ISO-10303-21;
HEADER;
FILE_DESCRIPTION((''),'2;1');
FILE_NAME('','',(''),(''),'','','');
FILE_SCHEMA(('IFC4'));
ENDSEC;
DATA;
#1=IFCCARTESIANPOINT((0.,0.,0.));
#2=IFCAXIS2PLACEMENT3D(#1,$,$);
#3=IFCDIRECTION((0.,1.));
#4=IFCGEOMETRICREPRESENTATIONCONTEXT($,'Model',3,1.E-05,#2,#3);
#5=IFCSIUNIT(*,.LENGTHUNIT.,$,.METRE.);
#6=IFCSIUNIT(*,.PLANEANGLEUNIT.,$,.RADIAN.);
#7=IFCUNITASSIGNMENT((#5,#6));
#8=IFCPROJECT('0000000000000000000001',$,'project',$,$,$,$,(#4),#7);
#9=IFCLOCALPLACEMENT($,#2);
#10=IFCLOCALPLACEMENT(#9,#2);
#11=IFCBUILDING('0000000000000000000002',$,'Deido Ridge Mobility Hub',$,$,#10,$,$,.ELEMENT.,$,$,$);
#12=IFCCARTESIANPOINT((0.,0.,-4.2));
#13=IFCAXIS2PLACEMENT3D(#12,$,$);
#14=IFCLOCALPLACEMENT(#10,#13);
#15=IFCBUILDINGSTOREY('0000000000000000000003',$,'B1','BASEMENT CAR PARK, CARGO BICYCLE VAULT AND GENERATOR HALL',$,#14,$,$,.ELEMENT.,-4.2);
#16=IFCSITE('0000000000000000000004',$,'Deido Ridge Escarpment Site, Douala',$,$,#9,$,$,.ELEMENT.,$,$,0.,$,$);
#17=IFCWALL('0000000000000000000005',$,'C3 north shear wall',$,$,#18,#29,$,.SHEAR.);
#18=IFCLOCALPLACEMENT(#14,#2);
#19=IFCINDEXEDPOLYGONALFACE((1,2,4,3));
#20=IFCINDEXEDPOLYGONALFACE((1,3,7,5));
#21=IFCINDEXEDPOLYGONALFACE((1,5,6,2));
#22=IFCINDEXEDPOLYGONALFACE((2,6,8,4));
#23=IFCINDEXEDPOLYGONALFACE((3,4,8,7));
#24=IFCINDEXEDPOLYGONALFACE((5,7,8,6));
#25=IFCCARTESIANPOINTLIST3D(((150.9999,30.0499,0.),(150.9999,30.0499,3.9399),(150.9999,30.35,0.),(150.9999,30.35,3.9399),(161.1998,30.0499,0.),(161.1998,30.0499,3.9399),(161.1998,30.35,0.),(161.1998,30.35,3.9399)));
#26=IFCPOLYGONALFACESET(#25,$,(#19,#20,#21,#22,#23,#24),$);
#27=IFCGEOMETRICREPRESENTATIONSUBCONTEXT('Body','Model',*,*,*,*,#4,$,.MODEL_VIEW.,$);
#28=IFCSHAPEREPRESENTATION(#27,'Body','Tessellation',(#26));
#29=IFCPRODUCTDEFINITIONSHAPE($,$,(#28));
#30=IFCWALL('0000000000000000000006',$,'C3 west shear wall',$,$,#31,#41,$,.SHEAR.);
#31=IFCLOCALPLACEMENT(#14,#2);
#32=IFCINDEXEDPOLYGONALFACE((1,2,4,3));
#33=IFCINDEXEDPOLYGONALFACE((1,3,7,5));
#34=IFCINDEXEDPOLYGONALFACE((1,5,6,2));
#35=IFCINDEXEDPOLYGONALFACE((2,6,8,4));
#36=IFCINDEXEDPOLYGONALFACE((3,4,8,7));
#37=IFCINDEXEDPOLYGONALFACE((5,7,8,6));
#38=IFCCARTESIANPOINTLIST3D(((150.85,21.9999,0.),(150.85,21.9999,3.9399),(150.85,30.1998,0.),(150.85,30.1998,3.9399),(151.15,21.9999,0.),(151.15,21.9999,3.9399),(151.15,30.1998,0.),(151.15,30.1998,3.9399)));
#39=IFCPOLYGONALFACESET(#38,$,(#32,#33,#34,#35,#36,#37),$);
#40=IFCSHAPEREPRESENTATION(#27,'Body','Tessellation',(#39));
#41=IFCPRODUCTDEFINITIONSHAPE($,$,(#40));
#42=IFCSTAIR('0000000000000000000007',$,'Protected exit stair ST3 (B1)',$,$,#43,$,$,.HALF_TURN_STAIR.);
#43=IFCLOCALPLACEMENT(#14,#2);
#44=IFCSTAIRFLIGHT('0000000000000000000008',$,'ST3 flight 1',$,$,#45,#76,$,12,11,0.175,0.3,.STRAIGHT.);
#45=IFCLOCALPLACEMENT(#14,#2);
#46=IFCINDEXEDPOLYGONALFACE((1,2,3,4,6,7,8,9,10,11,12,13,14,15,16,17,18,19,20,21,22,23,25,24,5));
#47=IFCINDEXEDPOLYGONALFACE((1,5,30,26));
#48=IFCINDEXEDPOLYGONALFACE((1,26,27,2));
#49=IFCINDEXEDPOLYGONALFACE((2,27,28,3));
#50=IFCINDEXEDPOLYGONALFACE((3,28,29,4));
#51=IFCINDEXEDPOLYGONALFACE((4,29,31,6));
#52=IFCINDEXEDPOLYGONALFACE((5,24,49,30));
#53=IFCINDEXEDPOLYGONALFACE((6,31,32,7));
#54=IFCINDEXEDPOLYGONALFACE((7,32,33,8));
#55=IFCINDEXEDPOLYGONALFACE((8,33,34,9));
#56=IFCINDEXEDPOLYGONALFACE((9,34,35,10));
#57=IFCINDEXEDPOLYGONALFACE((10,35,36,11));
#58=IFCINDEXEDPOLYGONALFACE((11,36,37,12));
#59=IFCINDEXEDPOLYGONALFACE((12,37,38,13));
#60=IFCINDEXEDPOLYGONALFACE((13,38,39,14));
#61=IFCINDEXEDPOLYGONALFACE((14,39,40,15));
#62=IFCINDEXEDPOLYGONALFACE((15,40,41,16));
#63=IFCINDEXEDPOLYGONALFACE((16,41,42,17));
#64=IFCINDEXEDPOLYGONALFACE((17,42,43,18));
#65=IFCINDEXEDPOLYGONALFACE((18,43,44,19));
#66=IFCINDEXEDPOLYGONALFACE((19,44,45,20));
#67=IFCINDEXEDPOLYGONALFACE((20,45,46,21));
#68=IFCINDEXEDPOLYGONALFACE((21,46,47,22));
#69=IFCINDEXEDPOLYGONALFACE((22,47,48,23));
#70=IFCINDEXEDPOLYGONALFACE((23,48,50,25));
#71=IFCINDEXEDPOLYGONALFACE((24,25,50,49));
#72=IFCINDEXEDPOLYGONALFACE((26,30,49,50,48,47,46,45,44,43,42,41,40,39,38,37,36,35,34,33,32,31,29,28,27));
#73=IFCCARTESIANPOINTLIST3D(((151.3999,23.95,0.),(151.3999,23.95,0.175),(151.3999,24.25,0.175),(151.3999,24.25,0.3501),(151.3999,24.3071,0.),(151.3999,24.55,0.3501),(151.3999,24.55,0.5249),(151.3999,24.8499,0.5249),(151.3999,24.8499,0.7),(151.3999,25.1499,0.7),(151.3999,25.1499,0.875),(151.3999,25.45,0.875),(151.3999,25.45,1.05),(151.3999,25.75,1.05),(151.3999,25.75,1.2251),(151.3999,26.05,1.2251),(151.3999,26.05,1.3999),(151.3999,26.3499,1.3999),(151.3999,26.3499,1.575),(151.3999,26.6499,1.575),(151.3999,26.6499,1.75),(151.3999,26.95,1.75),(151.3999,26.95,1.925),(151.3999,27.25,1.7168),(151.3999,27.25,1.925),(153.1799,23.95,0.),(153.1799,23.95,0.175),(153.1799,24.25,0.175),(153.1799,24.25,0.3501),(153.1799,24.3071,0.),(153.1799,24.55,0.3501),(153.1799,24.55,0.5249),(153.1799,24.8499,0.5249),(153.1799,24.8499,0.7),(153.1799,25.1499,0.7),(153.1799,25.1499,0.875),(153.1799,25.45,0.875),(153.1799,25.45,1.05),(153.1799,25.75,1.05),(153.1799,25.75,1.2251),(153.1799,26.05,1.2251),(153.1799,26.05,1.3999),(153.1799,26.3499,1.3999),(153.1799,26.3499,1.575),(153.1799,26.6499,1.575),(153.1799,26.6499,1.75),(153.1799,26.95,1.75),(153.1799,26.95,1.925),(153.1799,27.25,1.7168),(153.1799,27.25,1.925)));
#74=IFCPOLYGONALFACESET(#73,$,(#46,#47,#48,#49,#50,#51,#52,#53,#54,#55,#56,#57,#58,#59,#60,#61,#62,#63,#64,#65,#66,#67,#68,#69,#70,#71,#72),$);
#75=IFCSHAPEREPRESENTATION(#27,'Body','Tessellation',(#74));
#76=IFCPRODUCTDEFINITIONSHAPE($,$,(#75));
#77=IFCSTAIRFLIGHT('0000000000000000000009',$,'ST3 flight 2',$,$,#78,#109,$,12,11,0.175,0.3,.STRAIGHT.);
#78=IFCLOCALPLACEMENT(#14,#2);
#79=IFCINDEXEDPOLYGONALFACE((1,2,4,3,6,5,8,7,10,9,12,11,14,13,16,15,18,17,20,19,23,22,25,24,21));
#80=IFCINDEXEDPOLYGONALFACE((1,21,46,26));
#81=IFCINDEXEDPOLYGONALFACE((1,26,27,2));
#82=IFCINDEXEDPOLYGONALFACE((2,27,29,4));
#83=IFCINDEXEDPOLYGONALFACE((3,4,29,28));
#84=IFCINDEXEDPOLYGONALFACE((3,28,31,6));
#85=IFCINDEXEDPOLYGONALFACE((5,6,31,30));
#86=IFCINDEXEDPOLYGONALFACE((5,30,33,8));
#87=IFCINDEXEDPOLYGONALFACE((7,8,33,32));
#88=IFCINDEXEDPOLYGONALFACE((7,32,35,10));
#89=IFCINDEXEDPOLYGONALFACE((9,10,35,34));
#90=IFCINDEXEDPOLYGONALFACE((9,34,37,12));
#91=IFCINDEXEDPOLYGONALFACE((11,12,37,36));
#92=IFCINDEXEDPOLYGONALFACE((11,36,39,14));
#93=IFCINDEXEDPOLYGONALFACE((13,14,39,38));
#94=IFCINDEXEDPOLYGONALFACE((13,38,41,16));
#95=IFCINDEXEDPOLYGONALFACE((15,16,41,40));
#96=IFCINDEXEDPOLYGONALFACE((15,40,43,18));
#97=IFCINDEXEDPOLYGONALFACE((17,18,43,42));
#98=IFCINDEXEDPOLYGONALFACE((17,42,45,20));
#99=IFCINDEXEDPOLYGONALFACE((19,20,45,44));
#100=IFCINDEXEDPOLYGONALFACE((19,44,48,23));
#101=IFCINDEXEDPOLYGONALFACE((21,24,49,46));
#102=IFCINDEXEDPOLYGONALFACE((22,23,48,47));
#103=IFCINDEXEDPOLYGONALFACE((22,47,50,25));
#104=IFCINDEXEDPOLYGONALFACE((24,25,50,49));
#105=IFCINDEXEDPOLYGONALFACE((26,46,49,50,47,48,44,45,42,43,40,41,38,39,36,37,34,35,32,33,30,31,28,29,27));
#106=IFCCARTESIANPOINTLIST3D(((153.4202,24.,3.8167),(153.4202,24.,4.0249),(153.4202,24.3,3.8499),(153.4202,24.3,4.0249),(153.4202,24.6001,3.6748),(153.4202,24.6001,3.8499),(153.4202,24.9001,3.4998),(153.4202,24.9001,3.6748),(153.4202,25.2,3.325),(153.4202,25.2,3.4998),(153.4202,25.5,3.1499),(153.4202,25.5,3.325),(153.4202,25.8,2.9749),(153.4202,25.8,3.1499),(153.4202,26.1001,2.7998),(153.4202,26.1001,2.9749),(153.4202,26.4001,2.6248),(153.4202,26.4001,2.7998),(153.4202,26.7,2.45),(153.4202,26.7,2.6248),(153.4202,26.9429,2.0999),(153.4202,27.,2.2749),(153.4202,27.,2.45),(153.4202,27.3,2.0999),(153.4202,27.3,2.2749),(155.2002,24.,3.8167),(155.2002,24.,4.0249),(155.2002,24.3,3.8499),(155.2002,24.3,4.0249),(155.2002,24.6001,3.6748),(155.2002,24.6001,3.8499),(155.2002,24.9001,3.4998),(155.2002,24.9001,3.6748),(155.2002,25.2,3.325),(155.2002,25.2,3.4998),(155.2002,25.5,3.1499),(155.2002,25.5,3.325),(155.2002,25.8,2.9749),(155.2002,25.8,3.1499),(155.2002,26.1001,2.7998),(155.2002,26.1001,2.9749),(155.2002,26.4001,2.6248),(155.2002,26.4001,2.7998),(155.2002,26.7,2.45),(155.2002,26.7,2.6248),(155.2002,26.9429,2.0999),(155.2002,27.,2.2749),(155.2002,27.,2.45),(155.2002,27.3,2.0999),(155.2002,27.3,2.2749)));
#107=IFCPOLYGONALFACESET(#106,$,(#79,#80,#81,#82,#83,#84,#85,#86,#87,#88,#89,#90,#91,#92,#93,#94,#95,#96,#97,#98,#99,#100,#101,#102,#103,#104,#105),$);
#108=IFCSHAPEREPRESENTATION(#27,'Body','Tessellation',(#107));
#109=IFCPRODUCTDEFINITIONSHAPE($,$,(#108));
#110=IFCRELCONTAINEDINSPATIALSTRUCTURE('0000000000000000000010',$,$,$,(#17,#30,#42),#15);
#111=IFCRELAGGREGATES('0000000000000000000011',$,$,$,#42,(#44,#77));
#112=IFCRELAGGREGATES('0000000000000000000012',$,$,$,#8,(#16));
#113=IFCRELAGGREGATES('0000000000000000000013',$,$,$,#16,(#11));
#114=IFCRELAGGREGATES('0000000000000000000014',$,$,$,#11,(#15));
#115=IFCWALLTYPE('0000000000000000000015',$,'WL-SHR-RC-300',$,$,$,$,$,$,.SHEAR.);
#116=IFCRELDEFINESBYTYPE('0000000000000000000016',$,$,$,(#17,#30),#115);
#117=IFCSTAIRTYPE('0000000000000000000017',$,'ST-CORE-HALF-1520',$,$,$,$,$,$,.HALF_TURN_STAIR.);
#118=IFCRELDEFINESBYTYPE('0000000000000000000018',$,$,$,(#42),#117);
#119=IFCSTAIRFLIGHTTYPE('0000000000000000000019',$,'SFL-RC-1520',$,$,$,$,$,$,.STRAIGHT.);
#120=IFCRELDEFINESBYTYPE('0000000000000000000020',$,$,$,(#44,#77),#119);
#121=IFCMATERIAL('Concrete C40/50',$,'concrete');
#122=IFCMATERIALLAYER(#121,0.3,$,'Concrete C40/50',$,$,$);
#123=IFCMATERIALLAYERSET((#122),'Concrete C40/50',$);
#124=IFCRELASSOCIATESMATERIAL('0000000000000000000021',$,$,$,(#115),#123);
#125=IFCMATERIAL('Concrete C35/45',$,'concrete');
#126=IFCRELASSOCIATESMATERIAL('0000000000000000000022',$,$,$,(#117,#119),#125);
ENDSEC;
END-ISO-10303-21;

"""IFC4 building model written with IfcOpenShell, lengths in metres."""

from ifc_helpers import new_model, si_unit, direction, frame, frame_2d, origin, place, context, subcontext, project, spatial, polyline, rectangle, outline, extrude, material, layer, layer_set, type_object, element, aggregate, save


model = new_model("IFC4")

# Units and contexts
model_context = context("Model", 3, precision=1e-05, world=origin(), true_north=direction((0.0, 1.0)))
body_context = subcontext(model_context, "Body", "Model", "MODEL_VIEW")
ifc_project = project(units=[si_unit("LENGTHUNIT", "METRE"), si_unit("PLANEANGLEUNIT", "RADIAN")], contexts=[model_context])

# Site, building, storey
site_placement = place(None, origin())
site = spatial("IfcSite", under=ifc_project, at=site_placement, Name="Deido Ridge Escarpment Site, Douala", CompositionType="ELEMENT", RefElevation=0.0)
building_placement = place(site_placement, origin())
building = spatial("IfcBuilding", under=site, at=building_placement, Name="Deido Ridge Mobility Hub", CompositionType="ELEMENT")
storey_placement = place(building_placement, frame((0.0, 0.0, -4.2)))
storey = spatial("IfcBuildingStorey", under=building, at=storey_placement, Name="B1", Description="BASEMENT CAR PARK, CARGO BICYCLE VAULT AND GENERATOR HALL", CompositionType="ELEMENT", Elevation=-4.2)

# Shared definitions
ifc_material_1 = material(Name="Concrete C40/50", Category="concrete")

# Walls
ifc_layer_1 = layer(ifc_material_1, 0.3, Name="Concrete C40/50")
ifc_layer_set_1 = layer_set([ifc_layer_1], Name="Concrete C40/50")
wall_type_1 = type_object("IfcWallType", Name="WL-SHR-RC-300", PredefinedType="SHEAR", material=ifc_layer_set_1)
wall_1_placement = place(storey_placement, frame((161.2, 30.2, 0.0), z_axis=(0.0, 0.0, 1.0), x_axis=(-1.0, 0.0, 0.0)))
element("IfcWall", 1, at=wall_1_placement, inside=storey, type_object=wall_type_1, Name="C3 north shear wall", PredefinedType="SHEAR", context=body_context, shape_type="SweptSolid", body=[
    extrude(rectangle(XDim=10.2, YDim=0.3, at=frame_2d((5.1001, 0.0))), origin(), (0.0, 0.0, 1.0), 3.9399),
])
wall_2_placement = place(storey_placement, frame((151.0, 30.2, 0.0), z_axis=(0.0, 0.0, 1.0), x_axis=(0.0, -1.0, 0.0)))
element("IfcWall", 2, at=wall_2_placement, inside=storey, type_object=wall_type_1, Name="C3 west shear wall", PredefinedType="SHEAR", context=body_context, shape_type="SweptSolid", body=[
    extrude(rectangle(XDim=8.2, YDim=0.3, at=frame_2d((4.1001, 0.0))), origin(), (0.0, 0.0, 1.0), 3.9399),
])

# Stair, stair flights
ifc_material_2 = material(Name="Concrete C35/45", Category="concrete")
stair_type = type_object("IfcStairType", Name="ST-CORE-HALF-1520", PredefinedType="HALF_TURN_STAIR", material=ifc_material_2)
stair_placement = place(storey_placement, origin())
stair = element("IfcStair", 3, at=stair_placement, inside=storey, type_object=stair_type, Name="Protected exit stair ST3 (B1)", PredefinedType="HALF_TURN_STAIR")
stair_flight_type = type_object("IfcStairFlightType", Name="SFL-RC-1520", PredefinedType="STRAIGHT", material=ifc_material_2)
stair_flight_1_placement = place(storey_placement, frame((152.29, 23.95, 0.0), z_axis=(0.0, 0.0, 1.0), x_axis=(0.0, 1.0, 0.0)))
stair_flight_1 = element("IfcStairFlight", 4, at=stair_flight_1_placement, type_object=stair_flight_type, Name="ST3 flight 1", NumberOfRisers=12, NumberOfTreads=11, PredefinedType="STRAIGHT", RiserHeight=0.175, TreadLength=0.3, context=body_context, shape_type="SweptSolid", body=[
    extrude(outline(polyline([(0.0, 0.0), (0.0, 0.175), (0.3, 0.175), (0.3, 0.3501), (0.6001, 0.3501), (0.6001, 0.5249), (0.8999, 0.5249), (0.8999, 0.7), (1.2, 0.7), (1.2, 0.875), (1.5, 0.875), (1.5, 1.05), (1.8, 1.05), (1.8, 1.2251), (2.1001, 1.2251), (2.1001, 1.3999), (2.3999, 1.3999), (2.3999, 1.575), (2.7, 1.575), (2.7, 1.75), (3.0, 1.75), (3.0, 1.925), (3.3, 1.925), (3.3, 2.1001), (3.3, 1.7168), (0.3572, 0.0), (0.0, 0.0)])), frame((0.0, 0.8901, 0.0), z_axis=(0.0, -1.0, 0.0), x_axis=(1.0, 0.0, 0.0)), (0.0, 0.0, 1.0), 1.78),
])
stair_flight_2_placement = place(storey_placement, frame((154.3101, 27.3, 2.0999), z_axis=(0.0, 0.0, 1.0), x_axis=(0.0, -1.0, 0.0)))
stair_flight_2 = element("IfcStairFlight", 5, at=stair_flight_2_placement, type_object=stair_flight_type, Name="ST3 flight 2", NumberOfRisers=12, NumberOfTreads=11, PredefinedType="STRAIGHT", RiserHeight=0.175, TreadLength=0.3, context=body_context, shape_type="SweptSolid", body=[
    extrude(outline(polyline([(0.0, 0.0), (0.0, 0.175), (0.3, 0.175), (0.3, 0.3501), (0.6001, 0.3501), (0.6001, 0.5249), (0.8999, 0.5249), (0.8999, 0.7), (1.2, 0.7), (1.2, 0.875), (1.5, 0.875), (1.5, 1.05), (1.8, 1.05), (1.8, 1.2251), (2.1001, 1.2251), (2.1001, 1.3999), (2.3999, 1.3999), (2.3999, 1.575), (2.7, 1.575), (2.7, 1.75), (3.0, 1.75), (3.0, 1.925), (3.3, 1.925), (3.3, 2.1001), (3.3, 1.7168), (0.3572, 0.0), (0.0, 0.0)])), frame((0.0, 0.8901, 0.0), z_axis=(0.0, -1.0, 0.0), x_axis=(1.0, 0.0, 0.0)), (0.0, 0.0, 1.0), 1.78),
])
aggregate(stair, [stair_flight_1, stair_flight_2])

save(model, "model.ifc")
